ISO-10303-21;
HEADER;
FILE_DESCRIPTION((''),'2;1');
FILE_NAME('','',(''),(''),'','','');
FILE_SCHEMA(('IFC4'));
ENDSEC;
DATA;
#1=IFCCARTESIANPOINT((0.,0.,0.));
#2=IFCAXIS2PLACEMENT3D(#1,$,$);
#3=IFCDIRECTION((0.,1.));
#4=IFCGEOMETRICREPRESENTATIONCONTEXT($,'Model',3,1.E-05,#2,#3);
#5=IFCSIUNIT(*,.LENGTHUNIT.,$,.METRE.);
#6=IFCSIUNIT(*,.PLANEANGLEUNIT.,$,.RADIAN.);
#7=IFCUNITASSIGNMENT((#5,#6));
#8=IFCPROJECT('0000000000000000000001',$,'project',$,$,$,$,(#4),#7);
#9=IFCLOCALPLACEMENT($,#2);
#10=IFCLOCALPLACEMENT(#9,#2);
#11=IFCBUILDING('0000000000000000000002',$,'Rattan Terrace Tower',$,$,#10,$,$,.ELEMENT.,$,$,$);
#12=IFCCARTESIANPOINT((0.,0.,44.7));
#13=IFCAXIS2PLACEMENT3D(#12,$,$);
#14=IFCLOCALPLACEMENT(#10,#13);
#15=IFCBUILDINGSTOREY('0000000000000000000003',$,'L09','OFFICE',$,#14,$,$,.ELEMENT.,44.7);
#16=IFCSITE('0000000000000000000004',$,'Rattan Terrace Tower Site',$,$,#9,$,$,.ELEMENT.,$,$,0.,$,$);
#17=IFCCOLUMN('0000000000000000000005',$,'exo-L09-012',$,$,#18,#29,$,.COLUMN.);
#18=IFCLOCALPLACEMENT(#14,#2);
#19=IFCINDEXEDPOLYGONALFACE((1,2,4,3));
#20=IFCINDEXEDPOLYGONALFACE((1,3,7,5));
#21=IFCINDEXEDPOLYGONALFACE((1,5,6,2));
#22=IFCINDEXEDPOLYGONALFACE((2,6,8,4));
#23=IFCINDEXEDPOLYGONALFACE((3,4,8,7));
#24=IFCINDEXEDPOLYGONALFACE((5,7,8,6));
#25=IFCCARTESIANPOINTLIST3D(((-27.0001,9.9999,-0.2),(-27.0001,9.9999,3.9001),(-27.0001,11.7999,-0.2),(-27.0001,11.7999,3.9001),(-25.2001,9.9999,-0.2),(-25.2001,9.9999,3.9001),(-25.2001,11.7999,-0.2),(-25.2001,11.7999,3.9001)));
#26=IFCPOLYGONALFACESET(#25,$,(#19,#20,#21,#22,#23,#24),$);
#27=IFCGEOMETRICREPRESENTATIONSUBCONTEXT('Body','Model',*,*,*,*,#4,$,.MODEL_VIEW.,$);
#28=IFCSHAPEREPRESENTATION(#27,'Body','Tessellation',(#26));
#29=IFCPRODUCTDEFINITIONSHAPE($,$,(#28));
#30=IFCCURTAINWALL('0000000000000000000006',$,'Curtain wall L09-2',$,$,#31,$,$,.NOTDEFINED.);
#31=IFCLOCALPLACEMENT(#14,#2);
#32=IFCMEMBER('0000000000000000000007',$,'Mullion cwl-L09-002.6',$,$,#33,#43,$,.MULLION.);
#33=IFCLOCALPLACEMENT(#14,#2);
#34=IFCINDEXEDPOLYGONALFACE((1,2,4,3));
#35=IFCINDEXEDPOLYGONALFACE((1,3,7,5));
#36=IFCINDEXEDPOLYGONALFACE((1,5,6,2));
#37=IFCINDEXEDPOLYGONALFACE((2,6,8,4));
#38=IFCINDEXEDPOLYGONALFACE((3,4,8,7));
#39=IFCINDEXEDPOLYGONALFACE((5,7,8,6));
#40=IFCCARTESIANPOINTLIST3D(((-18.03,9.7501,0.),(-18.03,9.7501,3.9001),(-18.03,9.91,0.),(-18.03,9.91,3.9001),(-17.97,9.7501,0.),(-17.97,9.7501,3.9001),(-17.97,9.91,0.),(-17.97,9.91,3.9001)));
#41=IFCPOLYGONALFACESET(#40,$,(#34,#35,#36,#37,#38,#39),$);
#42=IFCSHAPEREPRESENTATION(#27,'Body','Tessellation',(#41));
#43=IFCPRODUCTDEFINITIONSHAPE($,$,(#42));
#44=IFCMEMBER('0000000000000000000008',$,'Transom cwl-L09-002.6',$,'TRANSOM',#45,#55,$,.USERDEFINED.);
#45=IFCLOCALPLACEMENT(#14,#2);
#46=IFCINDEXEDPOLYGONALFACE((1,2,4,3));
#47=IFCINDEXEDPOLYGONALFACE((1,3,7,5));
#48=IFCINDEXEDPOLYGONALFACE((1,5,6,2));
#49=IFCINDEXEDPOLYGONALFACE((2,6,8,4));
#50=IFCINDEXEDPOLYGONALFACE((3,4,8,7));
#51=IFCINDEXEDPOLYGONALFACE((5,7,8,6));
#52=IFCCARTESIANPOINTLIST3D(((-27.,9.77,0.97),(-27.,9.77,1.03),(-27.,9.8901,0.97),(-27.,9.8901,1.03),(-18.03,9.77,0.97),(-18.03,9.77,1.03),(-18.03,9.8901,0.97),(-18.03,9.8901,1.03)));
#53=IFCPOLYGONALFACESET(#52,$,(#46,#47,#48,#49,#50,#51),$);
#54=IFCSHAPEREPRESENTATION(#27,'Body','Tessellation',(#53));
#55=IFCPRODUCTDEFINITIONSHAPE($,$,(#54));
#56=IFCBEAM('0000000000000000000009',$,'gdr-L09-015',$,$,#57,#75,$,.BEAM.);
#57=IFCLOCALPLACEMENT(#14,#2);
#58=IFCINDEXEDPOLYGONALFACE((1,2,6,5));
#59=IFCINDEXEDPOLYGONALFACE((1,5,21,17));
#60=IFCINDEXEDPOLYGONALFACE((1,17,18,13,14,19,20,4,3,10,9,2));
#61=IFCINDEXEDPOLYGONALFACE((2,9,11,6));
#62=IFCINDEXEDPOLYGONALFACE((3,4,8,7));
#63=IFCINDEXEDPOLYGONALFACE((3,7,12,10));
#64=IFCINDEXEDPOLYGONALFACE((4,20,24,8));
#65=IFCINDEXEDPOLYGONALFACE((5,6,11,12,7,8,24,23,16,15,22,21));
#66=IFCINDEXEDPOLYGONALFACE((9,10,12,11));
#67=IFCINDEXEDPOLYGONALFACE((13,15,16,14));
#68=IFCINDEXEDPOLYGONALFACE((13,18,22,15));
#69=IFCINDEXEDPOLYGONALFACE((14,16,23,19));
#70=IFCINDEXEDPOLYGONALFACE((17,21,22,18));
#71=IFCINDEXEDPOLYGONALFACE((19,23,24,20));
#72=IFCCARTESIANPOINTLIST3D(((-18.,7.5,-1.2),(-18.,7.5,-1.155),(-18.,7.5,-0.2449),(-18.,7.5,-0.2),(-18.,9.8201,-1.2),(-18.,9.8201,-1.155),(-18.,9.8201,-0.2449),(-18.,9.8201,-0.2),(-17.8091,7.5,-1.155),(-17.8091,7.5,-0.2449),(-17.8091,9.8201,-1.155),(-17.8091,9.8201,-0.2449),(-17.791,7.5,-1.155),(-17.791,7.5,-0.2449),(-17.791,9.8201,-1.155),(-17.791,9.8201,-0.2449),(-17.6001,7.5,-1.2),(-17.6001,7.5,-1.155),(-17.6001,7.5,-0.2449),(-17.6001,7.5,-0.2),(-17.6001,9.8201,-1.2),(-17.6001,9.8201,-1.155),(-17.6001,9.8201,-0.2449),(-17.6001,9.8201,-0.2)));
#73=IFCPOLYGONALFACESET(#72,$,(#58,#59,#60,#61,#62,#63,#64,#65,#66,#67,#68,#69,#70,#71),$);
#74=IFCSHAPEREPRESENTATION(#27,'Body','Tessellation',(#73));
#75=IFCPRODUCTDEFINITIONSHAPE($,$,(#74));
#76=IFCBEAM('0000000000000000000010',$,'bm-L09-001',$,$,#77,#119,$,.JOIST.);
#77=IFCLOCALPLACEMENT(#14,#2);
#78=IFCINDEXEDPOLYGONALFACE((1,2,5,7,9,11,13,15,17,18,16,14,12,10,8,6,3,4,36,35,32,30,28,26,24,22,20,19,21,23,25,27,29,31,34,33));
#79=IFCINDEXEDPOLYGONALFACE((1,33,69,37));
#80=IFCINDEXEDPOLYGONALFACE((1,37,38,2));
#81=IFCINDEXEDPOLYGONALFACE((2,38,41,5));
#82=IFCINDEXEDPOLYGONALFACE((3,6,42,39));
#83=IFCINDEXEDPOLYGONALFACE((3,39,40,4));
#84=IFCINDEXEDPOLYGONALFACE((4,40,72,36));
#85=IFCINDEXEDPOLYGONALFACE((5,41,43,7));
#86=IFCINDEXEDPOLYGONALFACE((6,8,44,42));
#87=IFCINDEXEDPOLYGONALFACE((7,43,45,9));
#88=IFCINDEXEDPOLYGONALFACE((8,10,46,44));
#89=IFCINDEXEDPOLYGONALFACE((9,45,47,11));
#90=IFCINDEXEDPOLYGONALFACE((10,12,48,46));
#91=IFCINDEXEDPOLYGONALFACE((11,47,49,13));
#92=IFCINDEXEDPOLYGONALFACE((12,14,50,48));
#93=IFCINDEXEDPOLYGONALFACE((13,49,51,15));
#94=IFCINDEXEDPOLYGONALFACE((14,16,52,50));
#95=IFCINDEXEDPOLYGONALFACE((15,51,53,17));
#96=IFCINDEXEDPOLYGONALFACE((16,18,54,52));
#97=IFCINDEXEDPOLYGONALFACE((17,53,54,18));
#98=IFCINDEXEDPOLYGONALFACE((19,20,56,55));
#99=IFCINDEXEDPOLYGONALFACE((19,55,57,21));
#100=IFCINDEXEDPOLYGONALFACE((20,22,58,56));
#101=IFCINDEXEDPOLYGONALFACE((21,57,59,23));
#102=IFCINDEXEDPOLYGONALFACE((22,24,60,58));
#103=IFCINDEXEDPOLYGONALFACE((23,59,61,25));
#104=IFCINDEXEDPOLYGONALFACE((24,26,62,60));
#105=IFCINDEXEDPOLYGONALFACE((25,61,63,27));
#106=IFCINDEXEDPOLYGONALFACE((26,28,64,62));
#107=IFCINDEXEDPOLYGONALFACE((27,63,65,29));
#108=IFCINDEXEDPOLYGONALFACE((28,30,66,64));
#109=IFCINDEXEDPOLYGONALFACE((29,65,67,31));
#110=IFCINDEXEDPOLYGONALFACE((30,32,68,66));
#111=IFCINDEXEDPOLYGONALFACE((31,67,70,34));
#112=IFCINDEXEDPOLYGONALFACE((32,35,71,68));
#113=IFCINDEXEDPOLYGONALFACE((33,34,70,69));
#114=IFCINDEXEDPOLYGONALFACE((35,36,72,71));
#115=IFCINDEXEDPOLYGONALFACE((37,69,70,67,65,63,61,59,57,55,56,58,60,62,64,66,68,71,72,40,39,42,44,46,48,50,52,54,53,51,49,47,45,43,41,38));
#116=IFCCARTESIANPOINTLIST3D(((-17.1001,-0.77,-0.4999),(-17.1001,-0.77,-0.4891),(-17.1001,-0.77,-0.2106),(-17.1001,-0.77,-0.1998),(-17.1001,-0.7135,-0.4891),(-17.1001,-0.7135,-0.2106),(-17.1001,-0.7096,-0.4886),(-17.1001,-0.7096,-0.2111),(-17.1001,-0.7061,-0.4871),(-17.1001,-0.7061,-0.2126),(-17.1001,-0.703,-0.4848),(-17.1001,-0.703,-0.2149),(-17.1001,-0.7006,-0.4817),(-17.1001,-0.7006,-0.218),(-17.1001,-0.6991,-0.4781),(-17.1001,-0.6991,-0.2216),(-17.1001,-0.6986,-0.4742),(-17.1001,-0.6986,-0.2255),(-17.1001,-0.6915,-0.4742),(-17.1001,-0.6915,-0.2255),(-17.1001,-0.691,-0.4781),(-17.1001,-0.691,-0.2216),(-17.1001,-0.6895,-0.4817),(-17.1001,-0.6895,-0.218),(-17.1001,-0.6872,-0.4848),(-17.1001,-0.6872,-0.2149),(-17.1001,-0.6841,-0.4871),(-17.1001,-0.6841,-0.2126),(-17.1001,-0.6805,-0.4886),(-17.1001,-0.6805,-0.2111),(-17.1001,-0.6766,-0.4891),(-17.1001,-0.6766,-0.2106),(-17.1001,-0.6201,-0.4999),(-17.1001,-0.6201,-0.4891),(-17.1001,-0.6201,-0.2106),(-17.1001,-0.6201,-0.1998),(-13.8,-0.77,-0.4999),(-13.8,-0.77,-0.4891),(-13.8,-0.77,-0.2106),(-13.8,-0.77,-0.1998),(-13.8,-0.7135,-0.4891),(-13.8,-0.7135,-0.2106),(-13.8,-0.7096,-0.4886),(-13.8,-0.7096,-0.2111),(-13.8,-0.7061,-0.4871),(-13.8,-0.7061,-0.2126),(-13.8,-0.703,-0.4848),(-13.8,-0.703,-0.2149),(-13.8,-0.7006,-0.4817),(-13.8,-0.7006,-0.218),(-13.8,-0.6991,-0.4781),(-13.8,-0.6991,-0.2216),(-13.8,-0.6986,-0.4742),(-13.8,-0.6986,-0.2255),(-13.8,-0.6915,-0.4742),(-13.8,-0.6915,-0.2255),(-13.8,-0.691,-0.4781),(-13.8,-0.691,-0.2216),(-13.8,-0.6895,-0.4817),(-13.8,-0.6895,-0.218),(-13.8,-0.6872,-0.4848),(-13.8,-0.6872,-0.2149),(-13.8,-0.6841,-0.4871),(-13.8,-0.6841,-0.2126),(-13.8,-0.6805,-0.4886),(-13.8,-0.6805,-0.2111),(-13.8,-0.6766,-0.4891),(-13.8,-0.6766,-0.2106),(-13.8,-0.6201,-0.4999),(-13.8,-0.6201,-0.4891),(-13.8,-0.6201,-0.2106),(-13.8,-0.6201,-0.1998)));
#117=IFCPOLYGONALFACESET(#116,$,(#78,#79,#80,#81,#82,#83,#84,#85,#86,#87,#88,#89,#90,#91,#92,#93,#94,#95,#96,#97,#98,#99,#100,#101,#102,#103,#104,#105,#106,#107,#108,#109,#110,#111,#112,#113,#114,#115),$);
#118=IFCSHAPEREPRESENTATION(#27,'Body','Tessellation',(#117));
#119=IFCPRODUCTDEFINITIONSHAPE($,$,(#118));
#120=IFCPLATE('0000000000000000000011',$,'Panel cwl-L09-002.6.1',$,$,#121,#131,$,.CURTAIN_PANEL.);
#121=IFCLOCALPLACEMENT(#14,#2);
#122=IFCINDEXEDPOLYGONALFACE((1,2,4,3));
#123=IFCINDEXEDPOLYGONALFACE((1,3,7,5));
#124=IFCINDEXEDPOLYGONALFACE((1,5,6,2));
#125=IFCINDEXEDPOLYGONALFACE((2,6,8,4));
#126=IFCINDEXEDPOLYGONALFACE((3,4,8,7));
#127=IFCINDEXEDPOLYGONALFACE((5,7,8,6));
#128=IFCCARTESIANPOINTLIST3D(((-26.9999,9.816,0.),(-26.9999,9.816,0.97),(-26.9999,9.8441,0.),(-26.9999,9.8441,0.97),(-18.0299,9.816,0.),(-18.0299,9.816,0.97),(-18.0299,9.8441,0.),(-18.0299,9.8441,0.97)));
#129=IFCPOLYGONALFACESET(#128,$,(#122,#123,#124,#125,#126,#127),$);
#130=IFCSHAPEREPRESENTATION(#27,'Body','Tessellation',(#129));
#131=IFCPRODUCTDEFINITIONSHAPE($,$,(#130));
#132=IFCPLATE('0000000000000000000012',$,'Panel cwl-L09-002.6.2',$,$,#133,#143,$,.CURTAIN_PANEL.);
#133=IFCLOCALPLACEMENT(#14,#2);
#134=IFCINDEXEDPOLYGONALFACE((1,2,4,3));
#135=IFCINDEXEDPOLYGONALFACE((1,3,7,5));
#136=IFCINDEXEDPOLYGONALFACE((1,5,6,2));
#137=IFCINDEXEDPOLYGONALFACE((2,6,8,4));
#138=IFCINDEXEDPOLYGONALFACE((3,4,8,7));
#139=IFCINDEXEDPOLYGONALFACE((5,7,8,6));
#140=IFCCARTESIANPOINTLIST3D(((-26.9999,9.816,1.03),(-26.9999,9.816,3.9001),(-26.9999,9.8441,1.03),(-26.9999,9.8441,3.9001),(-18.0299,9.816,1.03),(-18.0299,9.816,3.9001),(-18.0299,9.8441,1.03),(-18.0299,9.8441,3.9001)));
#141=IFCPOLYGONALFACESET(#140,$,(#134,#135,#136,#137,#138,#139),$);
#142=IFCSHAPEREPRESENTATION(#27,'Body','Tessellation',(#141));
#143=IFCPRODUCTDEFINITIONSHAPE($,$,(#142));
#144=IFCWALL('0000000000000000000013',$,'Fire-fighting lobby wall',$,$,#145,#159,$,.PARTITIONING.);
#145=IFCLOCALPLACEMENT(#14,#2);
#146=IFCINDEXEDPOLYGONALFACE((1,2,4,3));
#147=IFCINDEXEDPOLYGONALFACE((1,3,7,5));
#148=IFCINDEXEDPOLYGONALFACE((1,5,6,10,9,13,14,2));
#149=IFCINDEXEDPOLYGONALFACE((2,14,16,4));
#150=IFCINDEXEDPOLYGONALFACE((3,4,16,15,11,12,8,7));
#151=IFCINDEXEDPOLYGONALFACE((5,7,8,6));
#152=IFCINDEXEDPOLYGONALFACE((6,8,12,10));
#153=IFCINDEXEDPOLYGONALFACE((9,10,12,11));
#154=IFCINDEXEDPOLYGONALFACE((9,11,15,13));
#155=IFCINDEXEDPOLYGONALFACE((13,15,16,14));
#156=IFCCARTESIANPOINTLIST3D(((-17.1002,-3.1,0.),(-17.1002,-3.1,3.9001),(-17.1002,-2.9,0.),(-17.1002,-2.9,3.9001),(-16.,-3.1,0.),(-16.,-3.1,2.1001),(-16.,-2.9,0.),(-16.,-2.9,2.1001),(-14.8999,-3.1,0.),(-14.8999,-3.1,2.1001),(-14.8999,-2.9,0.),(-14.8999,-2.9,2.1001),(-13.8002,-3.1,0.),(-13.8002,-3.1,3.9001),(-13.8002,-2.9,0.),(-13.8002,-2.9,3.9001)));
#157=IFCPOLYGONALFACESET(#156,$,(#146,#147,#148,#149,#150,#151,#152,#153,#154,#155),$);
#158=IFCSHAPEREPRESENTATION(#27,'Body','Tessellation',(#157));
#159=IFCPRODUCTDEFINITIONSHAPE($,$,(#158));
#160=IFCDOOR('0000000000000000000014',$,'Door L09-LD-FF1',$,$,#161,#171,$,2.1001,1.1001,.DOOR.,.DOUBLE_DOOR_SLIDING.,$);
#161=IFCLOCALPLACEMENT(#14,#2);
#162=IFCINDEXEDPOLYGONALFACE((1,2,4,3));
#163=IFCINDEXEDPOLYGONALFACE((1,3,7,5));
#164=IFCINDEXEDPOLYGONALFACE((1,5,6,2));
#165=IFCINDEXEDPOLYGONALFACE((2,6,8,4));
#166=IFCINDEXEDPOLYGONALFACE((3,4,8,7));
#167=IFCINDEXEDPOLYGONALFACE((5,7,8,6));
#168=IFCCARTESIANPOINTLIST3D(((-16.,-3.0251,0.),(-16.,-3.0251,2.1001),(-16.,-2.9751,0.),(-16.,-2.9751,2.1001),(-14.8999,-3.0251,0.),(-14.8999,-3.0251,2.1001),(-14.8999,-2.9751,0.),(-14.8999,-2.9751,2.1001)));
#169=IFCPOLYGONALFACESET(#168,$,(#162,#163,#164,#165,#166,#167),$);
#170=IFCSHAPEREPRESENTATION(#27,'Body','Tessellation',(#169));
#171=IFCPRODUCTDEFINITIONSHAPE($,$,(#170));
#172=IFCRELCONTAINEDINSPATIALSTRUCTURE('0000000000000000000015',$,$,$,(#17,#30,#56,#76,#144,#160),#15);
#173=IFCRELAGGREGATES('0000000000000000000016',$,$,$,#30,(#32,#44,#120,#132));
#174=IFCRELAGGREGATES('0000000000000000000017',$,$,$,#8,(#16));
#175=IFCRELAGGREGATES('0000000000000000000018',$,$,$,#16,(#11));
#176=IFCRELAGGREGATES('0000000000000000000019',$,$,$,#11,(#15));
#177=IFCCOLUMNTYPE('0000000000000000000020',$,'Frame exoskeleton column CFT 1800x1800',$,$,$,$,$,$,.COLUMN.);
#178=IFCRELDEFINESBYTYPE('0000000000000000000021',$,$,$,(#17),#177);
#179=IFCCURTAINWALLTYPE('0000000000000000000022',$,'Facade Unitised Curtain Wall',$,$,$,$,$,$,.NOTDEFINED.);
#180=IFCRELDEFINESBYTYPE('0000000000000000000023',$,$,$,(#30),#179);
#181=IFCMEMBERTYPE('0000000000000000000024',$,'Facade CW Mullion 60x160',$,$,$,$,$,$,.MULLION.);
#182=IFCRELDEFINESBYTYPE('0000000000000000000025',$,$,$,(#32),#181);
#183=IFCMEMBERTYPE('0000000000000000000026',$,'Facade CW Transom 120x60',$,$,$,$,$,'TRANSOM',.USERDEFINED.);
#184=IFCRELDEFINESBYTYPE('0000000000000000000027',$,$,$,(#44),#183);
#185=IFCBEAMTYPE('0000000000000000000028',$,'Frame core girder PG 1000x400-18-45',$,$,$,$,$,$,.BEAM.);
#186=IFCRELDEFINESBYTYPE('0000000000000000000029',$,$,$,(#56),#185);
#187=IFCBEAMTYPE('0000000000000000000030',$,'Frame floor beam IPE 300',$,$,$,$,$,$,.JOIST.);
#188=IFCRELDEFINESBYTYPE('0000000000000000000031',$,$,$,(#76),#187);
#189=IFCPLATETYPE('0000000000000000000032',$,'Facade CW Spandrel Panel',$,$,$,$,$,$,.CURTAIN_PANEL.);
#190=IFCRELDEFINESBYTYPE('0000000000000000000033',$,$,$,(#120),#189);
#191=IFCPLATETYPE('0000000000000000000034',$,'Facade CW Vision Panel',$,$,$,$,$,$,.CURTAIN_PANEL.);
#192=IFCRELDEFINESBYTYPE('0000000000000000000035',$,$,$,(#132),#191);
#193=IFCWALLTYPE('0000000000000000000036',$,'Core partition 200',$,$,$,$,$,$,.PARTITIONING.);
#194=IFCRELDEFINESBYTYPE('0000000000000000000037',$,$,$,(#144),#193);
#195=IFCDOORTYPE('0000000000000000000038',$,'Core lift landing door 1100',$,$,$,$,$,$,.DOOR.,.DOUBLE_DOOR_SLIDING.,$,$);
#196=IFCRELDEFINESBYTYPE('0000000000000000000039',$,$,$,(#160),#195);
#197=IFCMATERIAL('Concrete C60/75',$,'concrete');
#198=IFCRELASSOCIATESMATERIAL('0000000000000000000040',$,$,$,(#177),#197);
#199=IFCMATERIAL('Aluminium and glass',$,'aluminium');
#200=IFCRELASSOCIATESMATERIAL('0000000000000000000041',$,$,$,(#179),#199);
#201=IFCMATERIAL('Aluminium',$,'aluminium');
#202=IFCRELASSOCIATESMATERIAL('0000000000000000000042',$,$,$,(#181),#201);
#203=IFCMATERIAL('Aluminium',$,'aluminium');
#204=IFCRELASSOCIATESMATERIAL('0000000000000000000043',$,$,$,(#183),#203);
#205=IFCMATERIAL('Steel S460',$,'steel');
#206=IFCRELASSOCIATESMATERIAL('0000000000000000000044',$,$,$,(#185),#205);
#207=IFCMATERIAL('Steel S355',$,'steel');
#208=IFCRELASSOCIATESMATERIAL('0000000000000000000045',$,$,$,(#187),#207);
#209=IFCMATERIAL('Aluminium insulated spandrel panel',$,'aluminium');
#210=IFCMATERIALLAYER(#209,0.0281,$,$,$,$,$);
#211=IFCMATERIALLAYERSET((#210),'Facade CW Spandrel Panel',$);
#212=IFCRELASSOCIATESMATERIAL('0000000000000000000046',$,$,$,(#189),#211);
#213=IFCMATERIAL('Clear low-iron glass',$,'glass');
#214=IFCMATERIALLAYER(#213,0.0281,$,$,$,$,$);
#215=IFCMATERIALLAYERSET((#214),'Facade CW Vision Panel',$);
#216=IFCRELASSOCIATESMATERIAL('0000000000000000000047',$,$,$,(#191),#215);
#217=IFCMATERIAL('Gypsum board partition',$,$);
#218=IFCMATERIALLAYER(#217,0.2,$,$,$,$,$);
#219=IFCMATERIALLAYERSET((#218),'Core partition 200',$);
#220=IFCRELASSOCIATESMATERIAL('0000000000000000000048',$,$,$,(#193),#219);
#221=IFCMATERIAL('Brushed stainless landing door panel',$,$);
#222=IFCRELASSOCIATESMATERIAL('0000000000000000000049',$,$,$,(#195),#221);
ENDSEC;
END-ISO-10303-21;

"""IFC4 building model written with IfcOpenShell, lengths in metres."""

from ifc_helpers import new_model, si_unit, direction, frame, frame_2d, origin, origin_2d, place, context, subcontext, project, spatial, rectangle, i_section, extrude, material, layer, layer_set, material_profile, profile_set, type_object, element, fill, aggregate, save


model = new_model("IFC4")

# Units and contexts
model_context = context("Model", 3, precision=1e-05, world=origin(), true_north=direction((0.0, 1.0)))
body_context = subcontext(model_context, "Body", "Model", "MODEL_VIEW")
ifc_project = project(units=[si_unit("LENGTHUNIT", "METRE"), si_unit("PLANEANGLEUNIT", "RADIAN")], contexts=[model_context])

# Site, building, storey
site_placement = place(None, origin())
site = spatial("IfcSite", under=ifc_project, at=site_placement, Name="Rattan Terrace Tower Site", CompositionType="ELEMENT", RefElevation=0.0)
building_placement = place(site_placement, origin())
building = spatial("IfcBuilding", under=site, at=building_placement, Name="Rattan Terrace Tower", CompositionType="ELEMENT")
storey_placement = place(building_placement, frame((0.0, 0.0, 44.7)))
storey = spatial("IfcBuildingStorey", under=building, at=storey_placement, Name="L09", Description="OFFICE", CompositionType="ELEMENT", Elevation=44.7)

# Column
ifc_material_1 = material(Name="Concrete C60/75", Category="concrete")
ifc_material_profile_1 = material_profile(ifc_material_1, rectangle(XDim=1.8, YDim=1.8, at=origin_2d()), Name="CFT 1800x1800")
ifc_profile_set_1 = profile_set([ifc_material_profile_1], Name="Concrete C60/75")
column_type = type_object("IfcColumnType", Name="Frame exoskeleton column CFT 1800x1800", PredefinedType="COLUMN", material=ifc_profile_set_1)
column_placement = place(storey_placement, frame((-26.1001, 10.8999, -0.2), z_axis=(0.0, 0.0, 1.0), x_axis=(1.0, 0.0, 0.0)))
element("IfcColumn", 1, at=column_placement, inside=storey, type_object=column_type, Name="exo-L09-012", PredefinedType="COLUMN", context=body_context, shape_type="SweptSolid", body=[
    extrude(rectangle(XDim=1.8, YDim=1.8, at=origin_2d()), origin(), (0.0, 0.0, 1.0), 4.1001),
])

# Curtain wall, members
ifc_material_2 = material(Name="Aluminium and glass", Category="aluminium")
curtain_wall_type = type_object("IfcCurtainWallType", Name="Facade Unitised Curtain Wall", PredefinedType="NOTDEFINED", material=ifc_material_2)
curtain_wall_placement = place(storey_placement, origin())
curtain_wall = element("IfcCurtainWall", 2, at=curtain_wall_placement, inside=storey, type_object=curtain_wall_type, Name="Curtain wall L09-2", PredefinedType="NOTDEFINED")
ifc_material_3 = material(Name="Aluminium", Category="aluminium")
ifc_material_profile_2 = material_profile(ifc_material_3, rectangle(XDim=0.0601, YDim=0.1599, at=origin_2d()), Name="Aluminium 60x160")
ifc_profile_set_2 = profile_set([ifc_material_profile_2], Name="Aluminium")
member_type_1 = type_object("IfcMemberType", Name="Facade CW Mullion 60x160", PredefinedType="MULLION", material=ifc_profile_set_2)
member_1_placement = place(storey_placement, frame((-18.0, 9.8301, 0.0), z_axis=(0.0, 0.0, 1.0), x_axis=(-1.0, 0.0, 0.0)))
member_1 = element("IfcMember", 3, at=member_1_placement, type_object=member_type_1, Name="Mullion cwl-L09-002.6", PredefinedType="MULLION", context=body_context, shape_type="SweptSolid", body=[
    extrude(rectangle(XDim=0.0601, YDim=0.1599, at=origin_2d()), origin(), (0.0, 0.0, 1.0), 3.9001),
])
ifc_material_4 = material(Name="Aluminium", Category="aluminium")
ifc_material_profile_3 = material_profile(ifc_material_4, rectangle(XDim=0.1201, YDim=0.0601, at=origin_2d()), Name="Aluminium 120x60")
ifc_profile_set_3 = profile_set([ifc_material_profile_3], Name="Aluminium")
member_type_2 = type_object("IfcMemberType", Name="Facade CW Transom 120x60", ElementType="TRANSOM", PredefinedType="USERDEFINED", material=ifc_profile_set_3)
member_2_placement = place(storey_placement, frame((-18.03, 9.8301, 1.0), z_axis=(-1.0, 0.0, 0.0), x_axis=(0.0, -1.0, 0.0)))
member_2 = element("IfcMember", 4, at=member_2_placement, type_object=member_type_2, Name="Transom cwl-L09-002.6", ObjectType="TRANSOM", PredefinedType="USERDEFINED", context=body_context, shape_type="SweptSolid", body=[
    extrude(rectangle(XDim=0.1201, YDim=0.0601, at=origin_2d()), origin(), (0.0, 0.0, 1.0), 8.97),
])

# Beams
ifc_material_5 = material(Name="Steel S460", Category="steel")
ifc_material_profile_4 = material_profile(ifc_material_5, i_section(OverallWidth=0.3999, OverallDepth=1.0, WebThickness=0.0181, FlangeThickness=0.0449, at=origin_2d()), Name="PG 1000x400-18-45")
ifc_profile_set_4 = profile_set([ifc_material_profile_4], Name="Steel S460")
beam_type_1 = type_object("IfcBeamType", Name="Frame core girder PG 1000x400-18-45", PredefinedType="BEAM", material=ifc_profile_set_4)
beam_1_placement = place(storey_placement, frame((-17.8, 7.5, -0.7), z_axis=(0.0, 1.0, 0.0), x_axis=(-1.0, 0.0, 0.0)))
element("IfcBeam", 5, at=beam_1_placement, inside=storey, type_object=beam_type_1, Name="gdr-L09-015", PredefinedType="BEAM", context=body_context, shape_type="SweptSolid", body=[
    extrude(i_section(OverallWidth=0.3999, OverallDepth=1.0, WebThickness=0.0181, FlangeThickness=0.0449, at=origin_2d()), origin(), (0.0, 0.0, 1.0), 2.3201),
])
ifc_material_6 = material(Name="Steel S355", Category="steel")
ifc_material_profile_5 = material_profile(ifc_material_6, i_section(OverallWidth=0.1499, OverallDepth=0.3, WebThickness=0.0071, FlangeThickness=0.0107, FilletRadius=0.0149, at=origin_2d()), Name="IPE 300")
ifc_profile_set_5 = profile_set([ifc_material_profile_5], Name="Steel S355")
beam_type_2 = type_object("IfcBeamType", Name="Frame floor beam IPE 300", PredefinedType="JOIST", material=ifc_profile_set_5)
beam_2_placement = place(storey_placement, frame((-17.1001, -0.6951, -0.3499), z_axis=(1.0, 0.0, 0.0), x_axis=(0.0, 1.0, 0.0)))
element("IfcBeam", 6, at=beam_2_placement, inside=storey, type_object=beam_type_2, Name="bm-L09-001", PredefinedType="JOIST", context=body_context, shape_type="SweptSolid", body=[
    extrude(i_section(OverallWidth=0.1499, OverallDepth=0.3, WebThickness=0.0071, FlangeThickness=0.0107, FilletRadius=0.0149, at=origin_2d()), origin(), (0.0, 0.0, 1.0), 3.3),
])

# Plates
ifc_material_7 = material(Name="Aluminium insulated spandrel panel", Category="aluminium")
ifc_layer_1 = layer(ifc_material_7, 0.0281)
ifc_layer_set_1 = layer_set([ifc_layer_1], Name="Facade CW Spandrel Panel")
plate_type_1 = type_object("IfcPlateType", Name="Facade CW Spandrel Panel", PredefinedType="CURTAIN_PANEL", material=ifc_layer_set_1)
plate_1_placement = place(storey_placement, frame((-22.5149, 9.8301, 0.0), z_axis=(0.0, 0.0, 1.0), x_axis=(-1.0, 0.0, 0.0)))
plate_1 = element("IfcPlate", 7, at=plate_1_placement, type_object=plate_type_1, Name="Panel cwl-L09-002.6.1", PredefinedType="CURTAIN_PANEL", context=body_context, shape_type="SweptSolid", body=[
    extrude(rectangle(XDim=8.97, YDim=0.0281, at=origin_2d()), origin(), (0.0, 0.0, 1.0), 0.97),
])
ifc_material_8 = material(Name="Clear low-iron glass", Category="glass")
ifc_layer_2 = layer(ifc_material_8, 0.0281)
ifc_layer_set_2 = layer_set([ifc_layer_2], Name="Facade CW Vision Panel")
plate_type_2 = type_object("IfcPlateType", Name="Facade CW Vision Panel", PredefinedType="CURTAIN_PANEL", material=ifc_layer_set_2)
plate_2_placement = place(storey_placement, frame((-22.5149, 9.8301, 1.03), z_axis=(0.0, 0.0, 1.0), x_axis=(-1.0, 0.0, 0.0)))
plate_2 = element("IfcPlate", 8, at=plate_2_placement, type_object=plate_type_2, Name="Panel cwl-L09-002.6.2", PredefinedType="CURTAIN_PANEL", context=body_context, shape_type="SweptSolid", body=[
    extrude(rectangle(XDim=8.97, YDim=0.0281, at=origin_2d()), origin(), (0.0, 0.0, 1.0), 2.8701),
])
aggregate(curtain_wall, [member_1, member_2, plate_1, plate_2])

# Wall, opening, door
ifc_material_9 = material(Name="Gypsum board partition")
ifc_layer_3 = layer(ifc_material_9, 0.2)
ifc_layer_set_3 = layer_set([ifc_layer_3], Name="Core partition 200")
wall_type_1 = type_object("IfcWallType", Name="Core partition 200", PredefinedType="PARTITIONING", material=ifc_layer_set_3)
wall_1_placement = place(storey_placement, frame((-17.1001, -3.0, 0.0), z_axis=(0.0, 0.0, 1.0), x_axis=(1.0, 0.0, 0.0)))
wall_1 = element("IfcWall", 9, at=wall_1_placement, inside=storey, type_object=wall_type_1, Name="Fire-fighting lobby wall", PredefinedType="PARTITIONING", context=body_context, shape_type="SweptSolid", body=[
    extrude(rectangle(XDim=3.3, YDim=0.2, at=frame_2d((1.6499, 0.0))), origin(), (0.0, 0.0, 1.0), 3.9001),
])
opening_1_placement = place(wall_1_placement, frame((1.1001, 0.0, 0.0)))
opening_1 = element("IfcOpeningElement", 10, at=opening_1_placement, cuts=wall_1, PredefinedType="OPENING", context=body_context, shape_type="SweptSolid", body=[
    extrude(rectangle(XDim=1.1001, YDim=2.1001, at=frame_2d((0.55, 1.05))), frame((0.0, 0.1106, 0.0), z_axis=(0.0, -1.0, 0.0), x_axis=(1.0, 0.0, 0.0)), (0.0, 0.0, 1.0), 0.2209),
])
ifc_material_10 = material(Name="Brushed stainless landing door panel")
door_type_1 = type_object("IfcDoorType", Name="Core lift landing door 1100", OperationType="DOUBLE_DOOR_SLIDING", PredefinedType="DOOR", material=ifc_material_10)
door_1_placement = place(opening_1_placement, origin())
door_1 = element("IfcDoor", 11, at=door_1_placement, inside=storey, type_object=door_type_1, Name="Door L09-LD-FF1", OperationType="DOUBLE_DOOR_SLIDING", OverallHeight=2.1001, OverallWidth=1.1001, PredefinedType="DOOR", context=body_context, shape_type="SweptSolid", body=[
    extrude(rectangle(XDim=1.1001, YDim=2.1001, at=frame_2d((0.55, 1.05))), frame((0.0, 0.0249, 0.0), z_axis=(0.0, -1.0, 0.0), x_axis=(1.0, 0.0, 0.0)), (0.0, 0.0, 1.0), 0.05),
])
fill(opening_1, door_1)

save(model, "model.ifc")
